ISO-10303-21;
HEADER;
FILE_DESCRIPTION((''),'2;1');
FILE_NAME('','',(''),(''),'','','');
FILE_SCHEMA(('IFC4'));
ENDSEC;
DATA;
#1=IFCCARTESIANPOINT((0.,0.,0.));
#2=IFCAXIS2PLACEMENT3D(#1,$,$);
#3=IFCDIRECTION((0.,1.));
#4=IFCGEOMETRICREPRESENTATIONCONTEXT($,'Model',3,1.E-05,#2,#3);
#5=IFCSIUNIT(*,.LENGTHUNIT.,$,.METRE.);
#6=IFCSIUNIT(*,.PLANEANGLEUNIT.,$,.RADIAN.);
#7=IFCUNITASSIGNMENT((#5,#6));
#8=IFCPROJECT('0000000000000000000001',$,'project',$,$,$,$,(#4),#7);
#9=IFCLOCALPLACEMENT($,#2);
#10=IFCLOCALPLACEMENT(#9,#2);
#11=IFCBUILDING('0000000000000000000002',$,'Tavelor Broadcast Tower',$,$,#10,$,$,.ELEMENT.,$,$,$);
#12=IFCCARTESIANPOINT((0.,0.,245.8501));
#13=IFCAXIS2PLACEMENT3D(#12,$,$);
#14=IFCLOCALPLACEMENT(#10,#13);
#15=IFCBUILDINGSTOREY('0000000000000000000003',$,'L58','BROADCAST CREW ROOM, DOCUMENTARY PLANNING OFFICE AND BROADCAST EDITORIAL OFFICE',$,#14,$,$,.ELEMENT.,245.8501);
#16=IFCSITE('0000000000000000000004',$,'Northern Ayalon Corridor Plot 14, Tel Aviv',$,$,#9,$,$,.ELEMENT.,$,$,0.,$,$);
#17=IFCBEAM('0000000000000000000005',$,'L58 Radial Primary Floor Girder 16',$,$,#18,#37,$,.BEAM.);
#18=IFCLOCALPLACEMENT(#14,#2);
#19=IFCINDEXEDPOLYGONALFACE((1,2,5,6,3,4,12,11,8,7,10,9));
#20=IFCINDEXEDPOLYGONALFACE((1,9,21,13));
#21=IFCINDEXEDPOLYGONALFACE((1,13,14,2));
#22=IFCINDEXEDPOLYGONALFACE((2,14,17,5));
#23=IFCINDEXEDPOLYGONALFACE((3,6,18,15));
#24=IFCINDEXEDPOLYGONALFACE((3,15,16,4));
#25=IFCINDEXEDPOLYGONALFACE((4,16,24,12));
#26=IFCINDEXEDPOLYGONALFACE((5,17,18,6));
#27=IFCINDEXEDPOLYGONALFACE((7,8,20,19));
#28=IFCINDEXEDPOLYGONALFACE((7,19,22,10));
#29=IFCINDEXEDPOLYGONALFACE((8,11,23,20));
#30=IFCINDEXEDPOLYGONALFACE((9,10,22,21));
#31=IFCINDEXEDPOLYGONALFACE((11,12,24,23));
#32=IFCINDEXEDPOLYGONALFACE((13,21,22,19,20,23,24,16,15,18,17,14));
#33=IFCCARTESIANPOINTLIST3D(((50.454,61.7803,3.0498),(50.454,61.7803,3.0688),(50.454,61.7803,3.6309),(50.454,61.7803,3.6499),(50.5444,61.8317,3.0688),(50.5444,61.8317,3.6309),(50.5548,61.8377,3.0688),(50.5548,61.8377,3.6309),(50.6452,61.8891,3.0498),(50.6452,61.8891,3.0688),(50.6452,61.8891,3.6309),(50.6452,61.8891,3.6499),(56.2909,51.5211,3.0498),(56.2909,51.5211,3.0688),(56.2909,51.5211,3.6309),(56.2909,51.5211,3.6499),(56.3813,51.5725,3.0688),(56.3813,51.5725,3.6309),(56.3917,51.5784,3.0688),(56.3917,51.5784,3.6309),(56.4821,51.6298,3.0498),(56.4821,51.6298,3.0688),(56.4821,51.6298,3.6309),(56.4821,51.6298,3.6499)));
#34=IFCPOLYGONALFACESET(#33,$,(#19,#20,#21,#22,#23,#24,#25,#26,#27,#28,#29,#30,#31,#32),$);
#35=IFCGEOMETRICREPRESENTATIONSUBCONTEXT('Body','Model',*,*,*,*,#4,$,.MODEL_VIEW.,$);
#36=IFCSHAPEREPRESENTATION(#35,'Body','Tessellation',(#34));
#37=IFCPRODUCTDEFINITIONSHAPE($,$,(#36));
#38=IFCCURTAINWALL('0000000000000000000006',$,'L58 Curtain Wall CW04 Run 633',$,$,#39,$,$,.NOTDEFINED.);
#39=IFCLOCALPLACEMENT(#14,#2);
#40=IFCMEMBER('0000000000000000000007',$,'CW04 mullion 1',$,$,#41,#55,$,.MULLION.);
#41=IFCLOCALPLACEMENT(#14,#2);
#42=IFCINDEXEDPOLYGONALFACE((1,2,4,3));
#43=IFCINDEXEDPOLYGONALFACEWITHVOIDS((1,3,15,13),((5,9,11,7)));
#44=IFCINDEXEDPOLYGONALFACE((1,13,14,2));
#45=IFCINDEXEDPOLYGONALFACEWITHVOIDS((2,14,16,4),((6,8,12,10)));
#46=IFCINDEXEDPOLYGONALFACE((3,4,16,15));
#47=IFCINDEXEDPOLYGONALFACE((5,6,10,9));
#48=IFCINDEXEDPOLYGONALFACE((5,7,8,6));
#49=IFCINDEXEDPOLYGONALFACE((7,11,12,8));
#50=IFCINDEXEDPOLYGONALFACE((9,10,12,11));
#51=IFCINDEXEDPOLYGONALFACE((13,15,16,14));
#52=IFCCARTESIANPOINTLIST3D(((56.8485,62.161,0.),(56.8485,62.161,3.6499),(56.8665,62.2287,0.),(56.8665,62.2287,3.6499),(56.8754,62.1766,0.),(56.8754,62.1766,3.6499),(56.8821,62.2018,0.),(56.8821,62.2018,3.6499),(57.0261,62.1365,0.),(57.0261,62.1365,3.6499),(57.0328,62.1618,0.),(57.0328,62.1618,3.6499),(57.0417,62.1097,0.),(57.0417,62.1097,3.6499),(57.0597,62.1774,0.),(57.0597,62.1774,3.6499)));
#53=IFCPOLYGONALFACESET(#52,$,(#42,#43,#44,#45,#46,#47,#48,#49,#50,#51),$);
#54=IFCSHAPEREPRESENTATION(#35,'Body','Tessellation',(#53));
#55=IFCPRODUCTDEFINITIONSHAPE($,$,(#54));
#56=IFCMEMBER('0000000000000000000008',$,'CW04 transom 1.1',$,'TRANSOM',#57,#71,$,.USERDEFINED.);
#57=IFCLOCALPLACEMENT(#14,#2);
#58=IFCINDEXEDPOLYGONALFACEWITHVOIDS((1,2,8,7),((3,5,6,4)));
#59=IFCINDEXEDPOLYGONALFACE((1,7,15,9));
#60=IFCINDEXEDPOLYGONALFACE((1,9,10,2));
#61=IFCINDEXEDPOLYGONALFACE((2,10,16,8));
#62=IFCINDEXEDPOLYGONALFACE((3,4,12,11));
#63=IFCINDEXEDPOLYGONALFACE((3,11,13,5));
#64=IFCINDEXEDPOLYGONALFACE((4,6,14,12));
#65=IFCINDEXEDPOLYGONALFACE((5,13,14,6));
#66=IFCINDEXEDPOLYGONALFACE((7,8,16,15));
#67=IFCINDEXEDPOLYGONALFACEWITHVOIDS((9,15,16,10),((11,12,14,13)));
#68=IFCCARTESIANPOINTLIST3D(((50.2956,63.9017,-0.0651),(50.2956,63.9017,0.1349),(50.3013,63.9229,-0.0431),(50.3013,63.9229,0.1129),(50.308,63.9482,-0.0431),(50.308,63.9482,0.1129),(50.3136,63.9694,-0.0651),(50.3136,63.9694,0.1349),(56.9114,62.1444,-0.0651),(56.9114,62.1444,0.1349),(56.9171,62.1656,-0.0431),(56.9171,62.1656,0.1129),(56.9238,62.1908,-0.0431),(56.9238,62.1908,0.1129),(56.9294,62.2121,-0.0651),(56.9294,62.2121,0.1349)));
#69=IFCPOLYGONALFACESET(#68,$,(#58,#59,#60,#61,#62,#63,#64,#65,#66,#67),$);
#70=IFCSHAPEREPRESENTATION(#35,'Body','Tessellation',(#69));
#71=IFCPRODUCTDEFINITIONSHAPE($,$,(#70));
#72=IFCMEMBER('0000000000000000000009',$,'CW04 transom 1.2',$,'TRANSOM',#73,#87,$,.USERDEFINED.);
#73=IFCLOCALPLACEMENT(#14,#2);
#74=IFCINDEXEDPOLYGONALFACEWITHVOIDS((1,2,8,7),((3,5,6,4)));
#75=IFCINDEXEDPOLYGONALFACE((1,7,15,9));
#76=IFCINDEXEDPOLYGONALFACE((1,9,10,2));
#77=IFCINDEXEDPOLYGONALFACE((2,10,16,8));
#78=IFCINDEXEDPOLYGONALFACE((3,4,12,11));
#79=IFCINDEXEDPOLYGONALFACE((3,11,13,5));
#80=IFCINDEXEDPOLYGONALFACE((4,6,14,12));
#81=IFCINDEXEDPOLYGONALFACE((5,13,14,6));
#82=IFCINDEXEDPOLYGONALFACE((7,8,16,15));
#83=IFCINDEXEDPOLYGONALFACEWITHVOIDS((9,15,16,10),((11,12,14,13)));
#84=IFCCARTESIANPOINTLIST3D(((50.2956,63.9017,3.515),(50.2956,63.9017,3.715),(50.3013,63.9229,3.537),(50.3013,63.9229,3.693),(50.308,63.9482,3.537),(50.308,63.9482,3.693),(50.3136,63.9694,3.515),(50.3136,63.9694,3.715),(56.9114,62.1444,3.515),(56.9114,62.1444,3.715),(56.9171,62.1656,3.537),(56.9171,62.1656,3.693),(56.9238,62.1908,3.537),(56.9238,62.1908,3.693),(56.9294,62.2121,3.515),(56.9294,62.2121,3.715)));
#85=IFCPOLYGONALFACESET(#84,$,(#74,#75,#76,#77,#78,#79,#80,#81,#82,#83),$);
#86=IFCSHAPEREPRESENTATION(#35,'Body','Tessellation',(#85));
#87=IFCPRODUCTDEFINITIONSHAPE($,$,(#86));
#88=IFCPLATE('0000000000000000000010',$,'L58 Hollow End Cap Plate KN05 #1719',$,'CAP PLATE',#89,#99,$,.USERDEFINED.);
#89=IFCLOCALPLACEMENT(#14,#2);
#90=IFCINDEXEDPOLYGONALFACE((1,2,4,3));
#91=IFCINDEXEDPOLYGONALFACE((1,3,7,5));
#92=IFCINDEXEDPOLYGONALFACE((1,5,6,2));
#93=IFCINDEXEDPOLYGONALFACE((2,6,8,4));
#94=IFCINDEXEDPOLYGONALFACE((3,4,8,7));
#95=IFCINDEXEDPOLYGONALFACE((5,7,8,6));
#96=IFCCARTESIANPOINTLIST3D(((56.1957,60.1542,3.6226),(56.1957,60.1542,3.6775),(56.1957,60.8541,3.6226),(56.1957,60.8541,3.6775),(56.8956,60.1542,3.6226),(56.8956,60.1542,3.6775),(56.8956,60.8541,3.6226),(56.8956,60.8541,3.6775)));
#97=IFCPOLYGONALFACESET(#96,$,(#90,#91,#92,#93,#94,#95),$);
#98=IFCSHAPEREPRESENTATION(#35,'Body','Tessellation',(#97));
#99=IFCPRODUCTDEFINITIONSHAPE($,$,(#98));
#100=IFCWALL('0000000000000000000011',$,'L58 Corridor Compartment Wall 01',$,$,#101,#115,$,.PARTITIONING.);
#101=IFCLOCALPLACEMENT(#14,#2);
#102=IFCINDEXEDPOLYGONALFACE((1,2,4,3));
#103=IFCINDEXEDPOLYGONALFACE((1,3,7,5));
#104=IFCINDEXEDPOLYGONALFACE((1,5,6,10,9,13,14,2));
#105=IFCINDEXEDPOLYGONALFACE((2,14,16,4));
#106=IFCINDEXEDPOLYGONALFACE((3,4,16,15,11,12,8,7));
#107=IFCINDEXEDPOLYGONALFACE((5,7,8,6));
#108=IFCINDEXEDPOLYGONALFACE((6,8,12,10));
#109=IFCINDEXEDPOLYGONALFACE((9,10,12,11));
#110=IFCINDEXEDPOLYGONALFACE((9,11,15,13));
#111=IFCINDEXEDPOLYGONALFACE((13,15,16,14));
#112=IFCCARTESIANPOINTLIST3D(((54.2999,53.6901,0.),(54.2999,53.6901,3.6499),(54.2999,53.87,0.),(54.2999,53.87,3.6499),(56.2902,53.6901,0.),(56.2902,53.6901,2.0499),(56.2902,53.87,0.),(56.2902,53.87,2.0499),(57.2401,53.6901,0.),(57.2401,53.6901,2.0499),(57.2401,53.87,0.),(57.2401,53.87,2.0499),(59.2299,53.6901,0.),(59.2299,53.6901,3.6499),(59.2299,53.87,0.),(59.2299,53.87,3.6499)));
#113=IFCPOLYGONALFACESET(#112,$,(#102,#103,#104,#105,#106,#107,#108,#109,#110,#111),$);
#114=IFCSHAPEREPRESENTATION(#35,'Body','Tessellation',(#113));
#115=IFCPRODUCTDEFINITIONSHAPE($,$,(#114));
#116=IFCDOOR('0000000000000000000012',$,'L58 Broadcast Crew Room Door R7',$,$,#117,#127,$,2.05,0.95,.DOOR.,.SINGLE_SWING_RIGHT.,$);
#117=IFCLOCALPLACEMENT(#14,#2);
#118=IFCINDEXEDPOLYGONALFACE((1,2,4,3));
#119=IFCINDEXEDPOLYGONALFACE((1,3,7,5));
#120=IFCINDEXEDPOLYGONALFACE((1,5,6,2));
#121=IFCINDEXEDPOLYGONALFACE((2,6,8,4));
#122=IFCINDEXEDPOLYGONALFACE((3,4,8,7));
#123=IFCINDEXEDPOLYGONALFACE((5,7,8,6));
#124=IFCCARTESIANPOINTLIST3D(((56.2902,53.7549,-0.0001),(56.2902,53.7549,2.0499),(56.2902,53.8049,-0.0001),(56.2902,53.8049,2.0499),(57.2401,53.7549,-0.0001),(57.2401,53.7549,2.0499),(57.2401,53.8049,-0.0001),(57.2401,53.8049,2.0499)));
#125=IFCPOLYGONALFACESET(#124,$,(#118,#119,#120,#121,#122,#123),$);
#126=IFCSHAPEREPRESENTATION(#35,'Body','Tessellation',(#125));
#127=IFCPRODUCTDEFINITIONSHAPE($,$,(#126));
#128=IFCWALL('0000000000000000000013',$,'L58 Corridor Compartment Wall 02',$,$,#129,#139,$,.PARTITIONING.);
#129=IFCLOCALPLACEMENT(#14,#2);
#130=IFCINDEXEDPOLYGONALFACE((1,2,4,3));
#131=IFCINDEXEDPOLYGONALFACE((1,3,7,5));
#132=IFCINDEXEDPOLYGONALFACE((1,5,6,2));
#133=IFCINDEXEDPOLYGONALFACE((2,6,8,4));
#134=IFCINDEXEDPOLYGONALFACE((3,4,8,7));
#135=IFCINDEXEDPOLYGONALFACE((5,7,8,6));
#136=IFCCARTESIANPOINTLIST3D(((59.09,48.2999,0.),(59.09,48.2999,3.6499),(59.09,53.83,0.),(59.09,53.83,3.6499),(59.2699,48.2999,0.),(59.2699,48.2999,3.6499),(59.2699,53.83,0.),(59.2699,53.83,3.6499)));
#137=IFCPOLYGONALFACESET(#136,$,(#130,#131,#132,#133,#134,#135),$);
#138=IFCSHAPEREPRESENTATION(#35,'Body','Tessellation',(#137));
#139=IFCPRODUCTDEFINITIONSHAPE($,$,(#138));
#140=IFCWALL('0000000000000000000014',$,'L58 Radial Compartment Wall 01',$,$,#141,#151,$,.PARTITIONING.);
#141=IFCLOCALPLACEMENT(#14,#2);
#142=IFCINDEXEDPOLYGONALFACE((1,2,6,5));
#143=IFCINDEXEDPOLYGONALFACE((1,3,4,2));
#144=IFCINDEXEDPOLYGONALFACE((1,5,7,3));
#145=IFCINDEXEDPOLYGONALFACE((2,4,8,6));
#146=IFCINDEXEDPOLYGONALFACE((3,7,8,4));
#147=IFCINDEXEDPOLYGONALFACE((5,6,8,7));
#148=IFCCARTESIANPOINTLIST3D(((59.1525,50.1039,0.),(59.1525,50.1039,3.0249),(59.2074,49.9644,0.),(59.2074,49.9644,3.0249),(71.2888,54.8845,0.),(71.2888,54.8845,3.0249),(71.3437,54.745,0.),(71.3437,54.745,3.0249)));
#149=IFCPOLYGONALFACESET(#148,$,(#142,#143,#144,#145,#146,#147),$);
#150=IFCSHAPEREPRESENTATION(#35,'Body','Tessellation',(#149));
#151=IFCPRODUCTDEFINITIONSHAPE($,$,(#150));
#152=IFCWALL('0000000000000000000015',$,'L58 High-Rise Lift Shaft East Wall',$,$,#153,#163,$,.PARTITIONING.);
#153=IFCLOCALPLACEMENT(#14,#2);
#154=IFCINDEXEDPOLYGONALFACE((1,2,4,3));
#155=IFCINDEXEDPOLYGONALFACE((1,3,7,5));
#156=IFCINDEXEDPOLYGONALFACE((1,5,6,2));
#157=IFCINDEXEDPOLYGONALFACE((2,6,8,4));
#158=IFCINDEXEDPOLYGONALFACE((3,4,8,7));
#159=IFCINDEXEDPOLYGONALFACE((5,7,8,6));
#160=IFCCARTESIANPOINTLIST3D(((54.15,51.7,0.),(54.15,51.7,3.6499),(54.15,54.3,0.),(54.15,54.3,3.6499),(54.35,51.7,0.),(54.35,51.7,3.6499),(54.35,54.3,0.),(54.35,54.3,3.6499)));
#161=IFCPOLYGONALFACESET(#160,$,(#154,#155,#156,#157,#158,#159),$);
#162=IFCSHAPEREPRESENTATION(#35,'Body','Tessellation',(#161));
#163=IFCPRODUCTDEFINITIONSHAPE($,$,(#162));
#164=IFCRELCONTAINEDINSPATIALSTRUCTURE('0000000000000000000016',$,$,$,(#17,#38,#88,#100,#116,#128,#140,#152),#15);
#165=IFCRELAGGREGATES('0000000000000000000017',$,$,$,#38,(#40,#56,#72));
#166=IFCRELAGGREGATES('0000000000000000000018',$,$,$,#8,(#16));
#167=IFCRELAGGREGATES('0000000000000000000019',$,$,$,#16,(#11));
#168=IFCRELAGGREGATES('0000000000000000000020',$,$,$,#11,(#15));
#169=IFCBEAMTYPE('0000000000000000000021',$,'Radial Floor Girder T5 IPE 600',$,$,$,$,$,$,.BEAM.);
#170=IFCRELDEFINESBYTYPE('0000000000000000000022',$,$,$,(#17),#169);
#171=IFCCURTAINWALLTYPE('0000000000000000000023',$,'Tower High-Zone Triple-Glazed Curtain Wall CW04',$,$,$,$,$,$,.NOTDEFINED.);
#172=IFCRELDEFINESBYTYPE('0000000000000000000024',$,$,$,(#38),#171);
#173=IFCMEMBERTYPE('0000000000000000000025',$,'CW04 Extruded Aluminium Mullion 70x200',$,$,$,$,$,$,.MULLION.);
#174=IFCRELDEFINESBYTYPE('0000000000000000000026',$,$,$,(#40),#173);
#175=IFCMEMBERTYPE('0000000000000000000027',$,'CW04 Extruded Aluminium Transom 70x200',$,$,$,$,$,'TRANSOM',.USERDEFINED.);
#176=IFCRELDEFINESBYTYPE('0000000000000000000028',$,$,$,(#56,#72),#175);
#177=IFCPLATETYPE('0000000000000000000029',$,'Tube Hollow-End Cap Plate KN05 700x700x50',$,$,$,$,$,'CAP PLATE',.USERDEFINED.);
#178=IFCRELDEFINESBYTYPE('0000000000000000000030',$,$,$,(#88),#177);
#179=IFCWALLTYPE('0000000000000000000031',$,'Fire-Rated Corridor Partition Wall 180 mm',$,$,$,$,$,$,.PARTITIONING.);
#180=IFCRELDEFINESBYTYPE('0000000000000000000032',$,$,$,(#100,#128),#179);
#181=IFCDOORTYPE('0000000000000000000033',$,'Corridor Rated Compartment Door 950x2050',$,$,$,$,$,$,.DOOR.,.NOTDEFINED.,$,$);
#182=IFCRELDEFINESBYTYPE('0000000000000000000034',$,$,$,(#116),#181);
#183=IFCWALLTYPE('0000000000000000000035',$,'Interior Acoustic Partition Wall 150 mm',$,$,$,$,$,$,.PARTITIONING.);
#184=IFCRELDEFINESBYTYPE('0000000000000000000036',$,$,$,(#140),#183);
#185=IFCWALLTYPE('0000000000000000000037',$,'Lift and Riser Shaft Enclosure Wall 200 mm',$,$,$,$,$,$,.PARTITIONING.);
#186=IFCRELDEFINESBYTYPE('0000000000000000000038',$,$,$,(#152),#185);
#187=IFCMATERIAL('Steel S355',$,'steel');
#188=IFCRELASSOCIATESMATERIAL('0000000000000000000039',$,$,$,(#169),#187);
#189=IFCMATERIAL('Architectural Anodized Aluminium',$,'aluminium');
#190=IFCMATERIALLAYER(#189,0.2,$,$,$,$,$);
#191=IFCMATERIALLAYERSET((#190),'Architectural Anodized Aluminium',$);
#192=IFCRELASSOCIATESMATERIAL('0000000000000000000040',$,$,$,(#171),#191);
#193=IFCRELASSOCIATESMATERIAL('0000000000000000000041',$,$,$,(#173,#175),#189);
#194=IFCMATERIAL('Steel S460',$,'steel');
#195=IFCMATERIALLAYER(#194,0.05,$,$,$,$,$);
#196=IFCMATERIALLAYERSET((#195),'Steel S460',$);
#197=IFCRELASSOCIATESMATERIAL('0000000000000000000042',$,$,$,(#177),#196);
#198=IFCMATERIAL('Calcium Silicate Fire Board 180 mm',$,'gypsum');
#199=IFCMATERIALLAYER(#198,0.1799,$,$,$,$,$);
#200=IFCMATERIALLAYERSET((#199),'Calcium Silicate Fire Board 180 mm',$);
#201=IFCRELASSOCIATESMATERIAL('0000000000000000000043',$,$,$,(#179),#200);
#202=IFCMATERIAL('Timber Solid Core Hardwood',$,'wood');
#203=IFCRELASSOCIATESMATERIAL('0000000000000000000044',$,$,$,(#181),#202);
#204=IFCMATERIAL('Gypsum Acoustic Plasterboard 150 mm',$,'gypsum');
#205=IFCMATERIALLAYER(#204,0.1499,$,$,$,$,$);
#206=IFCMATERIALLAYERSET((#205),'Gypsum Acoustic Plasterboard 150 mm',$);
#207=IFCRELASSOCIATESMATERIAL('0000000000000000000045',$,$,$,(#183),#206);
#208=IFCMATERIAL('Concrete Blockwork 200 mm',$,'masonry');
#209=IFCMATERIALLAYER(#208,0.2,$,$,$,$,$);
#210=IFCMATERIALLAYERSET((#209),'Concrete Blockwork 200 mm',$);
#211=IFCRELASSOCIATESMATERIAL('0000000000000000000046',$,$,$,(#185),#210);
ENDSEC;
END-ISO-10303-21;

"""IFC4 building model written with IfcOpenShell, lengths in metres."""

from ifc_helpers import new_model, si_unit, direction, frame, frame_2d, origin, origin_2d, place, context, subcontext, project, spatial, rectangle, hollow_rectangle, i_section, extrude, source, transform, mapped, material, layer, layer_set, material_profile, profile_set, type_object, type_shapes, element, fill, aggregate, save


model = new_model("IFC4")

# Units and contexts
model_context = context("Model", 3, precision=1e-05, world=origin(), true_north=direction((0.0, 1.0)))
body_context = subcontext(model_context, "Body", "Model", "MODEL_VIEW")
ifc_project = project(units=[si_unit("LENGTHUNIT", "METRE"), si_unit("PLANEANGLEUNIT", "RADIAN")], contexts=[model_context])

# Site, building, storey
site_placement = place(None, origin())
site = spatial("IfcSite", under=ifc_project, at=site_placement, Name="Northern Ayalon Corridor Plot 14, Tel Aviv", CompositionType="ELEMENT", RefElevation=0.0)
building_placement = place(site_placement, origin())
building = spatial("IfcBuilding", under=site, at=building_placement, Name="Tavelor Broadcast Tower", CompositionType="ELEMENT")
storey_placement = place(building_placement, frame((0.0, 0.0, 245.8501)))
storey = spatial("IfcBuildingStorey", under=building, at=storey_placement, Name="L58", Description="BROADCAST CREW ROOM, DOCUMENTARY PLANNING OFFICE AND BROADCAST EDITORIAL OFFICE", CompositionType="ELEMENT", Elevation=245.8501)

# Shared definitions
ifc_material_1 = material(Name="Steel S460", Category="steel")

# Beam
ifc_material_2 = material(Name="Steel S355", Category="steel")
ifc_material_profile_1 = material_profile(ifc_material_2, i_section(OverallWidth=0.22, OverallDepth=0.6001, WebThickness=0.012, FlangeThickness=0.019, at=origin_2d()), Name="IPE 600")
ifc_profile_set_1 = profile_set([ifc_material_profile_1], Name="Steel S355")
beam_type_1 = type_object("IfcBeamType", Name="Radial Floor Girder T5 IPE 600", PredefinedType="BEAM", material=ifc_profile_set_1)
beam_1_placement = place(storey_placement, frame((56.3865, 51.5754, 3.3499), z_axis=(-0.494508, 0.869173, 0.0), x_axis=(-0.869173, -0.494508, 0.0)))
element("IfcBeam", 1, at=beam_1_placement, inside=storey, type_object=beam_type_1, Name="L58 Radial Primary Floor Girder 16", PredefinedType="BEAM", context=body_context, shape_type="SweptSolid", body=[
    extrude(i_section(OverallWidth=0.22, OverallDepth=0.6001, WebThickness=0.012, FlangeThickness=0.019, at=origin_2d()), origin(), (0.0, 0.0, 1.0), 11.8035),
])

# Curtain wall, members
ifc_material_3 = material(Name="Architectural Anodized Aluminium", Category="aluminium")
ifc_layer_1 = layer(ifc_material_3, 0.2)
ifc_layer_set_1 = layer_set([ifc_layer_1], Name="Architectural Anodized Aluminium")
curtain_wall_type = type_object("IfcCurtainWallType", Name="Tower High-Zone Triple-Glazed Curtain Wall CW04", PredefinedType="NOTDEFINED", material=ifc_layer_set_1)
curtain_wall_placement = place(storey_placement, origin())
curtain_wall = element("IfcCurtainWall", 2, at=curtain_wall_placement, inside=storey, type_object=curtain_wall_type, Name="L58 Curtain Wall CW04 Run 633", PredefinedType="NOTDEFINED")
ifc_material_profile_2 = material_profile(ifc_material_3, hollow_rectangle(XDim=0.0701, YDim=0.2, WallThickness=0.022, at=origin_2d()), Name="RHS 70x200x22")
ifc_profile_set_2 = profile_set([ifc_material_profile_2], Name="Architectural Anodized Aluminium")
member_type_1 = type_object("IfcMemberType", Name="CW04 Extruded Aluminium Mullion 70x200", PredefinedType="MULLION", material=ifc_profile_set_2)
shared_shape_1 = source(origin(), body_context, "Body", "SweptSolid", [
    extrude(hollow_rectangle(XDim=0.0701, YDim=0.2, WallThickness=0.022, at=origin_2d()), origin(), (0.0, 0.0, 1.0), 3.6499),
])
type_shapes(member_type_1, [shared_shape_1])
member_1_placement = place(storey_placement, frame((56.9541, 62.1692, 0.0), z_axis=(0.0, 0.0, 1.0), x_axis=(-0.256731, -0.966483, 0.0)))
member_1 = element("IfcMember", 3, at=member_1_placement, type_object=member_type_1, Name="CW04 mullion 1", PredefinedType="MULLION", context=body_context, shape_type="MappedRepresentation", body=[
    mapped(shared_shape_1, transform((0.0, 0.0, 0.0), scale=1.0)),
])
ifc_material_profile_3 = material_profile(ifc_material_3, hollow_rectangle(XDim=0.0701, YDim=0.2, WallThickness=0.022, at=origin_2d()), Name="RHS 70x200x22")
ifc_profile_set_3 = profile_set([ifc_material_profile_3], Name="Architectural Anodized Aluminium")
member_type_2 = type_object("IfcMemberType", Name="CW04 Extruded Aluminium Transom 70x200", ElementType="TRANSOM", PredefinedType="USERDEFINED", material=ifc_profile_set_3)
shared_shape_2 = source(origin(), body_context, "Body", "SweptSolid", [
    extrude(hollow_rectangle(XDim=0.0701, YDim=0.2, WallThickness=0.022, at=origin_2d()), origin(), (0.0, 0.0, 1.0), 6.8452),
])
type_shapes(member_type_2, [shared_shape_2])
member_2_placement = place(storey_placement, frame((56.9204, 62.1782, 0.0349), z_axis=(-0.966484, 0.256726, 0.0), x_axis=(-0.256726, -0.966484, 0.0)))
member_2 = element("IfcMember", 4, at=member_2_placement, type_object=member_type_2, Name="CW04 transom 1.1", ObjectType="TRANSOM", PredefinedType="USERDEFINED", context=body_context, shape_type="MappedRepresentation", body=[
    mapped(shared_shape_2, transform((0.0, 0.0, 0.0), scale=1.0)),
])
member_3_placement = place(storey_placement, frame((56.9204, 62.1782, 3.615), z_axis=(-0.966484, 0.256726, 0.0), x_axis=(-0.256726, -0.966484, 0.0)))
member_3 = element("IfcMember", 5, at=member_3_placement, type_object=member_type_2, Name="CW04 transom 1.2", ObjectType="TRANSOM", PredefinedType="USERDEFINED", context=body_context, shape_type="MappedRepresentation", body=[
    mapped(shared_shape_2, transform((0.0, 0.0, 0.0), scale=1.0)),
])
aggregate(curtain_wall, [member_1, member_2, member_3])

# Plate
ifc_layer_2 = layer(ifc_material_1, 0.05)
ifc_layer_set_2 = layer_set([ifc_layer_2], Name="Steel S460")
plate_type = type_object("IfcPlateType", Name="Tube Hollow-End Cap Plate KN05 700x700x50", ElementType="CAP PLATE", PredefinedType="USERDEFINED", material=ifc_layer_set_2)
shared_shape_3 = source(origin(), body_context, "Body", "SweptSolid", [
    extrude(rectangle(XDim=0.7, YDim=0.7, at=origin_2d()), origin(), (0.0, 0.0, 1.0), 0.0549),
])
type_shapes(plate_type, [shared_shape_3])
plate_placement = place(storey_placement, frame((56.5457, 60.5042, 3.6226), z_axis=(0.0, 0.0, 1.0), x_axis=(1.0, 0.0, 0.0)))
element("IfcPlate", 6, at=plate_placement, inside=storey, type_object=plate_type, Name="L58 Hollow End Cap Plate KN05 #1719", ObjectType="CAP PLATE", PredefinedType="USERDEFINED", context=body_context, shape_type="MappedRepresentation", body=[
    mapped(shared_shape_3, transform((0.0, 0.0, 0.0), scale=1.0)),
])

# Wall, opening, door
ifc_material_4 = material(Name="Calcium Silicate Fire Board 180 mm", Category="gypsum")
ifc_layer_3 = layer(ifc_material_4, 0.1799)
ifc_layer_set_3 = layer_set([ifc_layer_3], Name="Calcium Silicate Fire Board 180 mm")
wall_type_1 = type_object("IfcWallType", Name="Fire-Rated Corridor Partition Wall 180 mm", PredefinedType="PARTITIONING", material=ifc_layer_set_3)
wall_1_placement = place(storey_placement, frame((54.3, 53.78, 0.0), z_axis=(0.0, 0.0, 1.0), x_axis=(1.0, 0.0, 0.0)))
wall_1 = element("IfcWall", 7, at=wall_1_placement, inside=storey, type_object=wall_type_1, Name="L58 Corridor Compartment Wall 01", PredefinedType="PARTITIONING", context=body_context, shape_type="SweptSolid", body=[
    extrude(rectangle(XDim=4.9299, YDim=0.1799, at=frame_2d((2.4648, 0.0))), origin(), (0.0, 0.0, 1.0), 3.6499),
])
opening_placement = place(wall_1_placement, frame((1.99, 0.0, 0.0)))
opening = element("IfcOpeningElement", 8, at=opening_placement, cuts=wall_1, PredefinedType="OPENING", context=body_context, shape_type="SweptSolid", body=[
    extrude(rectangle(XDim=0.95, YDim=2.05, at=frame_2d((0.4751, 1.0249))), frame((0.0, 0.1001, 0.0), z_axis=(0.0, -1.0, 0.0), x_axis=(1.0, 0.0, 0.0)), (0.0, 0.0, 1.0), 0.2),
])
ifc_material_5 = material(Name="Timber Solid Core Hardwood", Category="wood")
door_type = type_object("IfcDoorType", Name="Corridor Rated Compartment Door 950x2050", OperationType="NOTDEFINED", PredefinedType="DOOR", material=ifc_material_5)
door_placement = place(opening_placement, origin())
door = element("IfcDoor", 9, at=door_placement, inside=storey, type_object=door_type, Name="L58 Broadcast Crew Room Door R7", OperationType="SINGLE_SWING_RIGHT", OverallHeight=2.05, OverallWidth=0.95, PredefinedType="DOOR", context=body_context, shape_type="SweptSolid", body=[
    extrude(rectangle(XDim=0.95, YDim=2.05, at=frame_2d((0.4751, 1.0249))), frame((0.0, 0.0249, 0.0), z_axis=(0.0, -1.0, 0.0), x_axis=(1.0, 0.0, 0.0)), (0.0, 0.0, 1.0), 0.05),
])
fill(opening, door)

# Walls
wall_2_placement = place(storey_placement, frame((59.1799, 53.8301, 0.0), z_axis=(0.0, 0.0, 1.0), x_axis=(0.0, -1.0, 0.0)))
element("IfcWall", 10, at=wall_2_placement, inside=storey, type_object=wall_type_1, Name="L58 Corridor Compartment Wall 02", PredefinedType="PARTITIONING", context=body_context, shape_type="SweptSolid", body=[
    extrude(rectangle(XDim=5.53, YDim=0.1799, at=frame_2d((2.7651, 0.0))), origin(), (0.0, 0.0, 1.0), 3.6499),
])
ifc_material_6 = material(Name="Gypsum Acoustic Plasterboard 150 mm", Category="gypsum")
ifc_layer_4 = layer(ifc_material_6, 0.1499)
ifc_layer_set_4 = layer_set([ifc_layer_4], Name="Gypsum Acoustic Plasterboard 150 mm")
wall_type_2 = type_object("IfcWallType", Name="Interior Acoustic Partition Wall 150 mm", PredefinedType="PARTITIONING", material=ifc_layer_set_4)
wall_3_placement = place(storey_placement, frame((59.1799, 50.0342, 0.0), z_axis=(0.0, 0.0, 1.0), x_axis=(0.930419, 0.366497, 0.0)))
element("IfcWall", 11, at=wall_3_placement, inside=storey, type_object=wall_type_2, Name="L58 Radial Compartment Wall 01", PredefinedType="PARTITIONING", context=body_context, shape_type="SweptSolid", body=[
    extrude(rectangle(XDim=13.0439, YDim=0.1499, at=frame_2d((6.522, 0.0))), origin(), (0.0, 0.0, 1.0), 3.0249),
])
ifc_material_7 = material(Name="Concrete Blockwork 200 mm", Category="masonry")
ifc_layer_5 = layer(ifc_material_7, 0.2)
ifc_layer_set_5 = layer_set([ifc_layer_5], Name="Concrete Blockwork 200 mm")
wall_type_3 = type_object("IfcWallType", Name="Lift and Riser Shaft Enclosure Wall 200 mm", PredefinedType="PARTITIONING", material=ifc_layer_set_5)
wall_4_placement = place(storey_placement, frame((54.25, 51.7, 0.0), z_axis=(0.0, 0.0, 1.0), x_axis=(0.0, 1.0, 0.0)))
element("IfcWall", 12, at=wall_4_placement, inside=storey, type_object=wall_type_3, Name="L58 High-Rise Lift Shaft East Wall", PredefinedType="PARTITIONING", context=body_context, shape_type="SweptSolid", body=[
    extrude(rectangle(XDim=2.6001, YDim=0.2, at=frame_2d((1.3, 0.0))), origin(), (0.0, 0.0, 1.0), 3.6499),
])

save(model, "model.ifc")
